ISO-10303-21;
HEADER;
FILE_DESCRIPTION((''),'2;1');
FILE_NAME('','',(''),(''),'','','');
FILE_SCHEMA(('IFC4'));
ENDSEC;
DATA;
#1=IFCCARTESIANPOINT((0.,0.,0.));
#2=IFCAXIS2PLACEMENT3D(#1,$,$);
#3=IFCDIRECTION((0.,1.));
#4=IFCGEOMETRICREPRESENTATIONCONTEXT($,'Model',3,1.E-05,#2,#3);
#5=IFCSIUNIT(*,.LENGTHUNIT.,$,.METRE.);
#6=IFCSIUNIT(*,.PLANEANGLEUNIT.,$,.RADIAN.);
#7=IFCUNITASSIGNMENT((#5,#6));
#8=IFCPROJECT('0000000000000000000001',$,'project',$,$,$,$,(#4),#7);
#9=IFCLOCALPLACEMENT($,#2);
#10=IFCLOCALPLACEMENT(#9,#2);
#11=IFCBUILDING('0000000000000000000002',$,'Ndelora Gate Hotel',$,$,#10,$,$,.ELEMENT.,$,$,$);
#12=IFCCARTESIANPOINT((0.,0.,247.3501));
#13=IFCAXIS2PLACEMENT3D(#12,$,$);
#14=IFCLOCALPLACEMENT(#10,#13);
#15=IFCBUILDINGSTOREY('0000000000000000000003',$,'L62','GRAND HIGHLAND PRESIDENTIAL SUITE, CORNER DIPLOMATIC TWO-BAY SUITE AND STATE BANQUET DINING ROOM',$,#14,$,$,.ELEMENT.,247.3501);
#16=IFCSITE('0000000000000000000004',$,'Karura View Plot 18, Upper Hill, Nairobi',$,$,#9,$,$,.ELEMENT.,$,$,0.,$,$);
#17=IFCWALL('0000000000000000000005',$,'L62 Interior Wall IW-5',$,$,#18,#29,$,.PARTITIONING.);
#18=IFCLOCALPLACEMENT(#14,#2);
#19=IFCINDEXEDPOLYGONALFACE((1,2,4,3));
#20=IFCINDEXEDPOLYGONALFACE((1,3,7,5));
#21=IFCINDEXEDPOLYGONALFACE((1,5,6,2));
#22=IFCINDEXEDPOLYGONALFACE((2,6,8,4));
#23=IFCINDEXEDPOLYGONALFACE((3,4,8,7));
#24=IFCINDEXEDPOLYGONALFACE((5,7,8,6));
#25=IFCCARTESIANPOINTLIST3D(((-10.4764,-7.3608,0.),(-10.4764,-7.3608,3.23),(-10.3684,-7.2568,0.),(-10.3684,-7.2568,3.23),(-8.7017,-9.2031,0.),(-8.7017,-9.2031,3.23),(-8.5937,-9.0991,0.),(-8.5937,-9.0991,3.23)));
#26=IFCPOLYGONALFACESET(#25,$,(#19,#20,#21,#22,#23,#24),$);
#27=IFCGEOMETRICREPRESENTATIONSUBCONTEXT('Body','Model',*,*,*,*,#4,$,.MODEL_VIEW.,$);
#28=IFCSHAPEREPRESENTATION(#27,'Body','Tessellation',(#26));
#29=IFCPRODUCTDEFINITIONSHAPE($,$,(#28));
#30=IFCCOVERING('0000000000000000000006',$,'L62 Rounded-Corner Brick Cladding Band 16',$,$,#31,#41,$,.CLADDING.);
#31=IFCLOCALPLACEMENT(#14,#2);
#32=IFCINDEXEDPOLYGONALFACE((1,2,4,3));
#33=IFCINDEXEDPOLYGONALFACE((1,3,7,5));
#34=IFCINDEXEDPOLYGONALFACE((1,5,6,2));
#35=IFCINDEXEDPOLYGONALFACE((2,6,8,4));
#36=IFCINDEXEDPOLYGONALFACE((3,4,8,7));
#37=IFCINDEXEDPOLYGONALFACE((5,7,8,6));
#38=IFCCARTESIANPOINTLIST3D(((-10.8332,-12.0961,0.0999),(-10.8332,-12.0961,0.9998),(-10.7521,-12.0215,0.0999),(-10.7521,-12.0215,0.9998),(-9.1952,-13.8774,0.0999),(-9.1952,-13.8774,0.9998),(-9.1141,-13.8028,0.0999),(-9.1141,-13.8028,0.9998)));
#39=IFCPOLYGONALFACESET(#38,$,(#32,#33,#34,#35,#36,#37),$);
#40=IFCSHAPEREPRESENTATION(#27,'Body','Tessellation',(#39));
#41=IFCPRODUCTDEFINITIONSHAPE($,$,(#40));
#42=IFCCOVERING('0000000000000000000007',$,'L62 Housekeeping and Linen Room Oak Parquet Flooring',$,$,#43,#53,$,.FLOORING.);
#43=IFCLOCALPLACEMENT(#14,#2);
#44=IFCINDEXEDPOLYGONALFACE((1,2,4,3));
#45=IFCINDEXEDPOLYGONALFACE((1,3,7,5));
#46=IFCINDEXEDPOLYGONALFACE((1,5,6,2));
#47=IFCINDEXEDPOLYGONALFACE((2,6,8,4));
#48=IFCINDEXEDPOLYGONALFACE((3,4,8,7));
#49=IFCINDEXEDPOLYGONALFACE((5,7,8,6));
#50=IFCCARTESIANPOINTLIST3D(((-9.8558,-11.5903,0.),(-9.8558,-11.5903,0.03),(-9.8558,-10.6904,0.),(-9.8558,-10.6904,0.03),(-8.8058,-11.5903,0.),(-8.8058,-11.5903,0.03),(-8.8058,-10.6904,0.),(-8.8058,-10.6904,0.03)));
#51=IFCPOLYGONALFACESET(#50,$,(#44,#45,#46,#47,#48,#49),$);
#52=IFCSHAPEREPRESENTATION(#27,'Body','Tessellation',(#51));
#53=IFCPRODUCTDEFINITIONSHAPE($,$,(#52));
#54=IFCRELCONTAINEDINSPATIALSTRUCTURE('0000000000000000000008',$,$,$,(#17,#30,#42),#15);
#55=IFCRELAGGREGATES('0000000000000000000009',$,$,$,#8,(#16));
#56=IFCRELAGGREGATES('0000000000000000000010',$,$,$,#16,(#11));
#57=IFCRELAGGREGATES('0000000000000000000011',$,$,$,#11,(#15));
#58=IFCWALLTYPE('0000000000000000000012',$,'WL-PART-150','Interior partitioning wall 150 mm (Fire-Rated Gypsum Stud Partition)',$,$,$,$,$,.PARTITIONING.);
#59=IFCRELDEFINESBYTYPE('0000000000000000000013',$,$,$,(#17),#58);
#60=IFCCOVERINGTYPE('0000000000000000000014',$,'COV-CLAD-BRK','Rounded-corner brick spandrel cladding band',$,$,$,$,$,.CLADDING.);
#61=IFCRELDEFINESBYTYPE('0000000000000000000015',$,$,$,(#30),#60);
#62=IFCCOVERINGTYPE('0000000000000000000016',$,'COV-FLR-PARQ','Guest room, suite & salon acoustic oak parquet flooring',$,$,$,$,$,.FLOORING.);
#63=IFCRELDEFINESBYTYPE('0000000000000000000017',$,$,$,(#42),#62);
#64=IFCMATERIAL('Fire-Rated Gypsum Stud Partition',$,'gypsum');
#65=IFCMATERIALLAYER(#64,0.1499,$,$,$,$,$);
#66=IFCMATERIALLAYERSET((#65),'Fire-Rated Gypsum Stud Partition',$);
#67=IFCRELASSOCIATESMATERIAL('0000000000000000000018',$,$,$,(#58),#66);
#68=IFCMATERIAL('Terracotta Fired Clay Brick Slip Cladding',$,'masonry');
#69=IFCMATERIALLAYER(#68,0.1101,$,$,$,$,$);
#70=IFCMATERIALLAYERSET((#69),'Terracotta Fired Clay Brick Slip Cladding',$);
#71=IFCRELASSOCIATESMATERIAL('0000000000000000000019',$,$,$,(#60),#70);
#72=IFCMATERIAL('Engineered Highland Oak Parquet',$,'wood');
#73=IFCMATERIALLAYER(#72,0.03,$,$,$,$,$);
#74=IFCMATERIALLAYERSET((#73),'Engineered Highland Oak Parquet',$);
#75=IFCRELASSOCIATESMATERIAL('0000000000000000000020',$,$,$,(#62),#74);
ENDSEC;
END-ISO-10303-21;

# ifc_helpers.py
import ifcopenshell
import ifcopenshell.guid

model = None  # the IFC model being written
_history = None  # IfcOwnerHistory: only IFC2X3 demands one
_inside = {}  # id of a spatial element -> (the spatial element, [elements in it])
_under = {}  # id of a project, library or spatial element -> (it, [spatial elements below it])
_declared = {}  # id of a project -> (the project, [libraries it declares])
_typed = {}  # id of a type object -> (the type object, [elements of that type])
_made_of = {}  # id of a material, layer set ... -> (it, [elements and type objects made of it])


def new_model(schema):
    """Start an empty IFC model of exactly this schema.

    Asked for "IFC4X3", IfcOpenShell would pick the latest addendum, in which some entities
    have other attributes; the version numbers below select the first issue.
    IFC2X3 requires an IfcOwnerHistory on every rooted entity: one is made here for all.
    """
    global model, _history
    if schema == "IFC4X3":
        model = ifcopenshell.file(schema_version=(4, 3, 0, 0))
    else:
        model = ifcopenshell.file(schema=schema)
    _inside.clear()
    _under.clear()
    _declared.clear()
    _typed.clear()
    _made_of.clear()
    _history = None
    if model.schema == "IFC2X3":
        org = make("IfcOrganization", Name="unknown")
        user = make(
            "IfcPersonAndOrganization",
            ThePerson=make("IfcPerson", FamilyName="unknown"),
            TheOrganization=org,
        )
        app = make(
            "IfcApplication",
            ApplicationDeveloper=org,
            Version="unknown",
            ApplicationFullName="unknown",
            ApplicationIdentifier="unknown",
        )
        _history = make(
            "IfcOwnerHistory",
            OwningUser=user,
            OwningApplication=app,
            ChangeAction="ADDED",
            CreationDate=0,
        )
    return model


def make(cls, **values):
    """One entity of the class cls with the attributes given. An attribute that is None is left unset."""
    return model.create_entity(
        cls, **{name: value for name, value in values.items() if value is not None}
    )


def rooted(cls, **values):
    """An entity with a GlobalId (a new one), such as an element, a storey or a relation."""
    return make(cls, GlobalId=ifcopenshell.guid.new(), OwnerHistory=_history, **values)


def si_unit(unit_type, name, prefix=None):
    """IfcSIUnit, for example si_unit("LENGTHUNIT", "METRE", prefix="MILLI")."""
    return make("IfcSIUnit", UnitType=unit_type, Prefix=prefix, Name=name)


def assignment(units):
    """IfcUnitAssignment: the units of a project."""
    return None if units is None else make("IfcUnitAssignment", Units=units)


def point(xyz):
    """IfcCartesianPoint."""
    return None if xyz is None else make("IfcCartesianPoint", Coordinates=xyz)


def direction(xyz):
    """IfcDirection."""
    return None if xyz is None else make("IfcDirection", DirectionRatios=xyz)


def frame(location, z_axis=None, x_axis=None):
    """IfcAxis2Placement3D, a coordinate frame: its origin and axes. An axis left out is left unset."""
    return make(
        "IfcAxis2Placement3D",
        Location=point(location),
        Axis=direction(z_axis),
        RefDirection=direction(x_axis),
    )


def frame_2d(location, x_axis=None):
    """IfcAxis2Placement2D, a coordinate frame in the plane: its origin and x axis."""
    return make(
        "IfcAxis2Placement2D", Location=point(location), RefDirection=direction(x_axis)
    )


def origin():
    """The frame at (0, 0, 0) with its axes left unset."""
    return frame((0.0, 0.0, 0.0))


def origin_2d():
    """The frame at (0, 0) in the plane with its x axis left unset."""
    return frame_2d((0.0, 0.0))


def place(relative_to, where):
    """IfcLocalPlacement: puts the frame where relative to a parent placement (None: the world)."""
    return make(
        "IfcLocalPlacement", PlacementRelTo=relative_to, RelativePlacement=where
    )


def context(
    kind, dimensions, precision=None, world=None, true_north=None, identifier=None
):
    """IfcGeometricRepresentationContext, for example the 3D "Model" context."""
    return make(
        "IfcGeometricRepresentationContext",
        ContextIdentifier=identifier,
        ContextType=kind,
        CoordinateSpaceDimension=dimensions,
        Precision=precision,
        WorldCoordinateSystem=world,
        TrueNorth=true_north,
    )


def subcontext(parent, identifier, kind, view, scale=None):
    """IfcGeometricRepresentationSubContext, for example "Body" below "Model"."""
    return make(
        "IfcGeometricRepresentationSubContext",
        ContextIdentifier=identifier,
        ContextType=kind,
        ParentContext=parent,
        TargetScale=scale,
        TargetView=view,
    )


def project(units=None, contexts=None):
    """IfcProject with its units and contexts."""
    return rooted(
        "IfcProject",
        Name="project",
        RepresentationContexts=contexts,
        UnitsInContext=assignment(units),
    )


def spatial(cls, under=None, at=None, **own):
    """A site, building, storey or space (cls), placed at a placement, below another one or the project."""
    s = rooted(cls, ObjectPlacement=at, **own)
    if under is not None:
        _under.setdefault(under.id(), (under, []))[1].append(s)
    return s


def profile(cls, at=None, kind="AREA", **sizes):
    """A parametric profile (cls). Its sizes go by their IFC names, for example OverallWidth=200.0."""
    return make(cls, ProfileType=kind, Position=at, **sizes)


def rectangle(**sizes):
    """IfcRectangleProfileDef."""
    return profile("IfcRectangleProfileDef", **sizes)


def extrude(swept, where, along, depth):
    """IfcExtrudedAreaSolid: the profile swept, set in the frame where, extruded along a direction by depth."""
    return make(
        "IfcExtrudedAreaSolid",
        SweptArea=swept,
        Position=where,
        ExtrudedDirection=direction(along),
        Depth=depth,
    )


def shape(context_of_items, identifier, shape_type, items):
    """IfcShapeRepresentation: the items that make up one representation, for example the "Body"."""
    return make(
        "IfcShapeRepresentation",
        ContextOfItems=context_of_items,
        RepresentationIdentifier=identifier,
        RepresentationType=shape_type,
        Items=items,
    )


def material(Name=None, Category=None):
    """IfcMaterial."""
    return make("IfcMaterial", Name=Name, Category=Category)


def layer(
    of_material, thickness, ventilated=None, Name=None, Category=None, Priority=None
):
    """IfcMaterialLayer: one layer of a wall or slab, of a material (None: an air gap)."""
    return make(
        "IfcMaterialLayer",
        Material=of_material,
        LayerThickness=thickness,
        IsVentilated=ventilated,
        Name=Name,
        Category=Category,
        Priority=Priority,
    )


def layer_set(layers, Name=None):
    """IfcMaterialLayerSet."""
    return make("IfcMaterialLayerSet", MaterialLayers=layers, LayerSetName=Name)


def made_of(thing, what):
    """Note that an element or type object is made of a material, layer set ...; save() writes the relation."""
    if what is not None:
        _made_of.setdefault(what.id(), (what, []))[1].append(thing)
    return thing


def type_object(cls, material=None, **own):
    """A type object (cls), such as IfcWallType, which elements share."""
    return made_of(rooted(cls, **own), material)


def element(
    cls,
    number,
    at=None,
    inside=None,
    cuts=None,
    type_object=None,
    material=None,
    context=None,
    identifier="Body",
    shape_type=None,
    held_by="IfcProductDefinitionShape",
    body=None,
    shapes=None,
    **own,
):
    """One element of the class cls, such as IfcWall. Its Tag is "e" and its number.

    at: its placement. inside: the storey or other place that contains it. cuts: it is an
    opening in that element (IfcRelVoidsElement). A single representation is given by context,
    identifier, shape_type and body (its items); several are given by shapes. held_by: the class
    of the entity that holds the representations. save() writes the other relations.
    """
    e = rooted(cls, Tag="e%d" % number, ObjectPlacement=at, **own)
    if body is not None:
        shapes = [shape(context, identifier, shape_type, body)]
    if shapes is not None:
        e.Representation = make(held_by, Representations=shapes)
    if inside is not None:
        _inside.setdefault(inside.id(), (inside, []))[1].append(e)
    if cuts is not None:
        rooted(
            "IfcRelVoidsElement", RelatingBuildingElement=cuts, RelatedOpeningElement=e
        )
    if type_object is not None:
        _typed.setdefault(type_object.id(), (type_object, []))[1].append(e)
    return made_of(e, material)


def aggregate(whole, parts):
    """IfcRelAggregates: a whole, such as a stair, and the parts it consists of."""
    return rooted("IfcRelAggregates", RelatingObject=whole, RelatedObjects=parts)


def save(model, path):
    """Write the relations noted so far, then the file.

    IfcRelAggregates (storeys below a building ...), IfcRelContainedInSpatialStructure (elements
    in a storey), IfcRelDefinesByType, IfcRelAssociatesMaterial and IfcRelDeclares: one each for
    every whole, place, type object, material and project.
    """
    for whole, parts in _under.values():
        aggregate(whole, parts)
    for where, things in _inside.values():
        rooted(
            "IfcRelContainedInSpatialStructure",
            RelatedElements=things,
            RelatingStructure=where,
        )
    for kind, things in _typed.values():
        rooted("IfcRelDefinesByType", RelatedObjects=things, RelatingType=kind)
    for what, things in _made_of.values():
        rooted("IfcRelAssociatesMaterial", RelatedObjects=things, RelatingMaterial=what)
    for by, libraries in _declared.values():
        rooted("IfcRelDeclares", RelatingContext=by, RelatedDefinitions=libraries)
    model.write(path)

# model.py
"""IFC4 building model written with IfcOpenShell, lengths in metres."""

from ifc_helpers import new_model, si_unit, direction, frame, frame_2d, origin, origin_2d, place, context, subcontext, project, spatial, rectangle, extrude, material, layer, layer_set, type_object, element, save


model = new_model("IFC4")

# Units and contexts
model_context = context("Model", 3, precision=1e-05, world=origin(), true_north=direction((0.0, 1.0)))
body_context = subcontext(model_context, "Body", "Model", "MODEL_VIEW")
ifc_project = project(units=[si_unit("LENGTHUNIT", "METRE"), si_unit("PLANEANGLEUNIT", "RADIAN")], contexts=[model_context])

# Site, building, storey
site_placement = place(None, origin())
site = spatial("IfcSite", under=ifc_project, at=site_placement, Name="Karura View Plot 18, Upper Hill, Nairobi", CompositionType="ELEMENT", RefElevation=0.0)
building_placement = place(site_placement, origin())
building = spatial("IfcBuilding", under=site, at=building_placement, Name="Ndelora Gate Hotel", CompositionType="ELEMENT")
storey_placement = place(building_placement, frame((0.0, 0.0, 247.3501)))
storey = spatial("IfcBuildingStorey", under=building, at=storey_placement, Name="L62", Description="GRAND HIGHLAND PRESIDENTIAL SUITE, CORNER DIPLOMATIC TWO-BAY SUITE AND STATE BANQUET DINING ROOM", CompositionType="ELEMENT", Elevation=247.3501)

# Shared definitions
ifc_material_1 = material(Name="Fire-Rated Gypsum Stud Partition", Category="gypsum")
ifc_layer_1 = layer(ifc_material_1, 0.1499)
ifc_layer_set_1 = layer_set([ifc_layer_1], Name="Fire-Rated Gypsum Stud Partition")
wall_type_1 = type_object("IfcWallType", Name="WL-PART-150", Description="Interior partitioning wall 150 mm (Fire-Rated Gypsum Stud Partition)", PredefinedType="PARTITIONING", material=ifc_layer_set_1)

# Wall
wall_1_placement = place(storey_placement, frame((-8.6477, -9.1511, 0.0), z_axis=(0.0, 0.0, 1.0), x_axis=(-0.693765, 0.720202, 0.0)))
element("IfcWall", 1, at=wall_1_placement, inside=storey, type_object=wall_type_1, Name="L62 Interior Wall IW-5", PredefinedType="PARTITIONING", context=body_context, shape_type="SweptSolid", body=[
    extrude(rectangle(XDim=2.5581, YDim=0.1499, at=frame_2d((1.2791, 0.0))), origin(), (0.0, 0.0, 1.0), 3.23),
])

# Coverings
ifc_material_2 = material(Name="Terracotta Fired Clay Brick Slip Cladding", Category="masonry")
ifc_layer_2 = layer(ifc_material_2, 0.1101)
ifc_layer_set_2 = layer_set([ifc_layer_2], Name="Terracotta Fired Clay Brick Slip Cladding")
covering_type_1 = type_object("IfcCoveringType", Name="COV-CLAD-BRK", Description="Rounded-corner brick spandrel cladding band", PredefinedType="CLADDING", material=ifc_layer_set_2)
covering_1_placement = place(storey_placement, frame((-9.9736, -12.9495, 0.0999), z_axis=(0.0, 0.0, 1.0), x_axis=(-0.676876, 0.736097, 0.0)))
element("IfcCovering", 2, at=covering_1_placement, inside=storey, type_object=covering_type_1, Name="L62 Rounded-Corner Brick Cladding Band 16", PredefinedType="CLADDING", context=body_context, shape_type="SweptSolid", body=[
    extrude(rectangle(XDim=2.4199, YDim=0.1101, at=origin_2d()), origin(), (0.0, 0.0, 1.0), 0.8999),
])
ifc_material_3 = material(Name="Engineered Highland Oak Parquet", Category="wood")
ifc_layer_3 = layer(ifc_material_3, 0.03)
ifc_layer_set_3 = layer_set([ifc_layer_3], Name="Engineered Highland Oak Parquet")
covering_type_2 = type_object("IfcCoveringType", Name="COV-FLR-PARQ", Description="Guest room, suite & salon acoustic oak parquet flooring", PredefinedType="FLOORING", material=ifc_layer_set_3)
covering_2_placement = place(storey_placement, frame((-9.3308, -11.1404, 0.0), z_axis=(0.0, 0.0, 1.0), x_axis=(1.0, 0.0, 0.0)))
element("IfcCovering", 3, at=covering_2_placement, inside=storey, type_object=covering_type_2, Name="L62 Housekeeping and Linen Room Oak Parquet Flooring", PredefinedType="FLOORING", context=body_context, shape_type="SweptSolid", body=[
    extrude(rectangle(XDim=1.05, YDim=0.8999, at=origin_2d()), origin(), (0.0, 0.0, 1.0), 0.03),
])

save(model, "model.ifc")
